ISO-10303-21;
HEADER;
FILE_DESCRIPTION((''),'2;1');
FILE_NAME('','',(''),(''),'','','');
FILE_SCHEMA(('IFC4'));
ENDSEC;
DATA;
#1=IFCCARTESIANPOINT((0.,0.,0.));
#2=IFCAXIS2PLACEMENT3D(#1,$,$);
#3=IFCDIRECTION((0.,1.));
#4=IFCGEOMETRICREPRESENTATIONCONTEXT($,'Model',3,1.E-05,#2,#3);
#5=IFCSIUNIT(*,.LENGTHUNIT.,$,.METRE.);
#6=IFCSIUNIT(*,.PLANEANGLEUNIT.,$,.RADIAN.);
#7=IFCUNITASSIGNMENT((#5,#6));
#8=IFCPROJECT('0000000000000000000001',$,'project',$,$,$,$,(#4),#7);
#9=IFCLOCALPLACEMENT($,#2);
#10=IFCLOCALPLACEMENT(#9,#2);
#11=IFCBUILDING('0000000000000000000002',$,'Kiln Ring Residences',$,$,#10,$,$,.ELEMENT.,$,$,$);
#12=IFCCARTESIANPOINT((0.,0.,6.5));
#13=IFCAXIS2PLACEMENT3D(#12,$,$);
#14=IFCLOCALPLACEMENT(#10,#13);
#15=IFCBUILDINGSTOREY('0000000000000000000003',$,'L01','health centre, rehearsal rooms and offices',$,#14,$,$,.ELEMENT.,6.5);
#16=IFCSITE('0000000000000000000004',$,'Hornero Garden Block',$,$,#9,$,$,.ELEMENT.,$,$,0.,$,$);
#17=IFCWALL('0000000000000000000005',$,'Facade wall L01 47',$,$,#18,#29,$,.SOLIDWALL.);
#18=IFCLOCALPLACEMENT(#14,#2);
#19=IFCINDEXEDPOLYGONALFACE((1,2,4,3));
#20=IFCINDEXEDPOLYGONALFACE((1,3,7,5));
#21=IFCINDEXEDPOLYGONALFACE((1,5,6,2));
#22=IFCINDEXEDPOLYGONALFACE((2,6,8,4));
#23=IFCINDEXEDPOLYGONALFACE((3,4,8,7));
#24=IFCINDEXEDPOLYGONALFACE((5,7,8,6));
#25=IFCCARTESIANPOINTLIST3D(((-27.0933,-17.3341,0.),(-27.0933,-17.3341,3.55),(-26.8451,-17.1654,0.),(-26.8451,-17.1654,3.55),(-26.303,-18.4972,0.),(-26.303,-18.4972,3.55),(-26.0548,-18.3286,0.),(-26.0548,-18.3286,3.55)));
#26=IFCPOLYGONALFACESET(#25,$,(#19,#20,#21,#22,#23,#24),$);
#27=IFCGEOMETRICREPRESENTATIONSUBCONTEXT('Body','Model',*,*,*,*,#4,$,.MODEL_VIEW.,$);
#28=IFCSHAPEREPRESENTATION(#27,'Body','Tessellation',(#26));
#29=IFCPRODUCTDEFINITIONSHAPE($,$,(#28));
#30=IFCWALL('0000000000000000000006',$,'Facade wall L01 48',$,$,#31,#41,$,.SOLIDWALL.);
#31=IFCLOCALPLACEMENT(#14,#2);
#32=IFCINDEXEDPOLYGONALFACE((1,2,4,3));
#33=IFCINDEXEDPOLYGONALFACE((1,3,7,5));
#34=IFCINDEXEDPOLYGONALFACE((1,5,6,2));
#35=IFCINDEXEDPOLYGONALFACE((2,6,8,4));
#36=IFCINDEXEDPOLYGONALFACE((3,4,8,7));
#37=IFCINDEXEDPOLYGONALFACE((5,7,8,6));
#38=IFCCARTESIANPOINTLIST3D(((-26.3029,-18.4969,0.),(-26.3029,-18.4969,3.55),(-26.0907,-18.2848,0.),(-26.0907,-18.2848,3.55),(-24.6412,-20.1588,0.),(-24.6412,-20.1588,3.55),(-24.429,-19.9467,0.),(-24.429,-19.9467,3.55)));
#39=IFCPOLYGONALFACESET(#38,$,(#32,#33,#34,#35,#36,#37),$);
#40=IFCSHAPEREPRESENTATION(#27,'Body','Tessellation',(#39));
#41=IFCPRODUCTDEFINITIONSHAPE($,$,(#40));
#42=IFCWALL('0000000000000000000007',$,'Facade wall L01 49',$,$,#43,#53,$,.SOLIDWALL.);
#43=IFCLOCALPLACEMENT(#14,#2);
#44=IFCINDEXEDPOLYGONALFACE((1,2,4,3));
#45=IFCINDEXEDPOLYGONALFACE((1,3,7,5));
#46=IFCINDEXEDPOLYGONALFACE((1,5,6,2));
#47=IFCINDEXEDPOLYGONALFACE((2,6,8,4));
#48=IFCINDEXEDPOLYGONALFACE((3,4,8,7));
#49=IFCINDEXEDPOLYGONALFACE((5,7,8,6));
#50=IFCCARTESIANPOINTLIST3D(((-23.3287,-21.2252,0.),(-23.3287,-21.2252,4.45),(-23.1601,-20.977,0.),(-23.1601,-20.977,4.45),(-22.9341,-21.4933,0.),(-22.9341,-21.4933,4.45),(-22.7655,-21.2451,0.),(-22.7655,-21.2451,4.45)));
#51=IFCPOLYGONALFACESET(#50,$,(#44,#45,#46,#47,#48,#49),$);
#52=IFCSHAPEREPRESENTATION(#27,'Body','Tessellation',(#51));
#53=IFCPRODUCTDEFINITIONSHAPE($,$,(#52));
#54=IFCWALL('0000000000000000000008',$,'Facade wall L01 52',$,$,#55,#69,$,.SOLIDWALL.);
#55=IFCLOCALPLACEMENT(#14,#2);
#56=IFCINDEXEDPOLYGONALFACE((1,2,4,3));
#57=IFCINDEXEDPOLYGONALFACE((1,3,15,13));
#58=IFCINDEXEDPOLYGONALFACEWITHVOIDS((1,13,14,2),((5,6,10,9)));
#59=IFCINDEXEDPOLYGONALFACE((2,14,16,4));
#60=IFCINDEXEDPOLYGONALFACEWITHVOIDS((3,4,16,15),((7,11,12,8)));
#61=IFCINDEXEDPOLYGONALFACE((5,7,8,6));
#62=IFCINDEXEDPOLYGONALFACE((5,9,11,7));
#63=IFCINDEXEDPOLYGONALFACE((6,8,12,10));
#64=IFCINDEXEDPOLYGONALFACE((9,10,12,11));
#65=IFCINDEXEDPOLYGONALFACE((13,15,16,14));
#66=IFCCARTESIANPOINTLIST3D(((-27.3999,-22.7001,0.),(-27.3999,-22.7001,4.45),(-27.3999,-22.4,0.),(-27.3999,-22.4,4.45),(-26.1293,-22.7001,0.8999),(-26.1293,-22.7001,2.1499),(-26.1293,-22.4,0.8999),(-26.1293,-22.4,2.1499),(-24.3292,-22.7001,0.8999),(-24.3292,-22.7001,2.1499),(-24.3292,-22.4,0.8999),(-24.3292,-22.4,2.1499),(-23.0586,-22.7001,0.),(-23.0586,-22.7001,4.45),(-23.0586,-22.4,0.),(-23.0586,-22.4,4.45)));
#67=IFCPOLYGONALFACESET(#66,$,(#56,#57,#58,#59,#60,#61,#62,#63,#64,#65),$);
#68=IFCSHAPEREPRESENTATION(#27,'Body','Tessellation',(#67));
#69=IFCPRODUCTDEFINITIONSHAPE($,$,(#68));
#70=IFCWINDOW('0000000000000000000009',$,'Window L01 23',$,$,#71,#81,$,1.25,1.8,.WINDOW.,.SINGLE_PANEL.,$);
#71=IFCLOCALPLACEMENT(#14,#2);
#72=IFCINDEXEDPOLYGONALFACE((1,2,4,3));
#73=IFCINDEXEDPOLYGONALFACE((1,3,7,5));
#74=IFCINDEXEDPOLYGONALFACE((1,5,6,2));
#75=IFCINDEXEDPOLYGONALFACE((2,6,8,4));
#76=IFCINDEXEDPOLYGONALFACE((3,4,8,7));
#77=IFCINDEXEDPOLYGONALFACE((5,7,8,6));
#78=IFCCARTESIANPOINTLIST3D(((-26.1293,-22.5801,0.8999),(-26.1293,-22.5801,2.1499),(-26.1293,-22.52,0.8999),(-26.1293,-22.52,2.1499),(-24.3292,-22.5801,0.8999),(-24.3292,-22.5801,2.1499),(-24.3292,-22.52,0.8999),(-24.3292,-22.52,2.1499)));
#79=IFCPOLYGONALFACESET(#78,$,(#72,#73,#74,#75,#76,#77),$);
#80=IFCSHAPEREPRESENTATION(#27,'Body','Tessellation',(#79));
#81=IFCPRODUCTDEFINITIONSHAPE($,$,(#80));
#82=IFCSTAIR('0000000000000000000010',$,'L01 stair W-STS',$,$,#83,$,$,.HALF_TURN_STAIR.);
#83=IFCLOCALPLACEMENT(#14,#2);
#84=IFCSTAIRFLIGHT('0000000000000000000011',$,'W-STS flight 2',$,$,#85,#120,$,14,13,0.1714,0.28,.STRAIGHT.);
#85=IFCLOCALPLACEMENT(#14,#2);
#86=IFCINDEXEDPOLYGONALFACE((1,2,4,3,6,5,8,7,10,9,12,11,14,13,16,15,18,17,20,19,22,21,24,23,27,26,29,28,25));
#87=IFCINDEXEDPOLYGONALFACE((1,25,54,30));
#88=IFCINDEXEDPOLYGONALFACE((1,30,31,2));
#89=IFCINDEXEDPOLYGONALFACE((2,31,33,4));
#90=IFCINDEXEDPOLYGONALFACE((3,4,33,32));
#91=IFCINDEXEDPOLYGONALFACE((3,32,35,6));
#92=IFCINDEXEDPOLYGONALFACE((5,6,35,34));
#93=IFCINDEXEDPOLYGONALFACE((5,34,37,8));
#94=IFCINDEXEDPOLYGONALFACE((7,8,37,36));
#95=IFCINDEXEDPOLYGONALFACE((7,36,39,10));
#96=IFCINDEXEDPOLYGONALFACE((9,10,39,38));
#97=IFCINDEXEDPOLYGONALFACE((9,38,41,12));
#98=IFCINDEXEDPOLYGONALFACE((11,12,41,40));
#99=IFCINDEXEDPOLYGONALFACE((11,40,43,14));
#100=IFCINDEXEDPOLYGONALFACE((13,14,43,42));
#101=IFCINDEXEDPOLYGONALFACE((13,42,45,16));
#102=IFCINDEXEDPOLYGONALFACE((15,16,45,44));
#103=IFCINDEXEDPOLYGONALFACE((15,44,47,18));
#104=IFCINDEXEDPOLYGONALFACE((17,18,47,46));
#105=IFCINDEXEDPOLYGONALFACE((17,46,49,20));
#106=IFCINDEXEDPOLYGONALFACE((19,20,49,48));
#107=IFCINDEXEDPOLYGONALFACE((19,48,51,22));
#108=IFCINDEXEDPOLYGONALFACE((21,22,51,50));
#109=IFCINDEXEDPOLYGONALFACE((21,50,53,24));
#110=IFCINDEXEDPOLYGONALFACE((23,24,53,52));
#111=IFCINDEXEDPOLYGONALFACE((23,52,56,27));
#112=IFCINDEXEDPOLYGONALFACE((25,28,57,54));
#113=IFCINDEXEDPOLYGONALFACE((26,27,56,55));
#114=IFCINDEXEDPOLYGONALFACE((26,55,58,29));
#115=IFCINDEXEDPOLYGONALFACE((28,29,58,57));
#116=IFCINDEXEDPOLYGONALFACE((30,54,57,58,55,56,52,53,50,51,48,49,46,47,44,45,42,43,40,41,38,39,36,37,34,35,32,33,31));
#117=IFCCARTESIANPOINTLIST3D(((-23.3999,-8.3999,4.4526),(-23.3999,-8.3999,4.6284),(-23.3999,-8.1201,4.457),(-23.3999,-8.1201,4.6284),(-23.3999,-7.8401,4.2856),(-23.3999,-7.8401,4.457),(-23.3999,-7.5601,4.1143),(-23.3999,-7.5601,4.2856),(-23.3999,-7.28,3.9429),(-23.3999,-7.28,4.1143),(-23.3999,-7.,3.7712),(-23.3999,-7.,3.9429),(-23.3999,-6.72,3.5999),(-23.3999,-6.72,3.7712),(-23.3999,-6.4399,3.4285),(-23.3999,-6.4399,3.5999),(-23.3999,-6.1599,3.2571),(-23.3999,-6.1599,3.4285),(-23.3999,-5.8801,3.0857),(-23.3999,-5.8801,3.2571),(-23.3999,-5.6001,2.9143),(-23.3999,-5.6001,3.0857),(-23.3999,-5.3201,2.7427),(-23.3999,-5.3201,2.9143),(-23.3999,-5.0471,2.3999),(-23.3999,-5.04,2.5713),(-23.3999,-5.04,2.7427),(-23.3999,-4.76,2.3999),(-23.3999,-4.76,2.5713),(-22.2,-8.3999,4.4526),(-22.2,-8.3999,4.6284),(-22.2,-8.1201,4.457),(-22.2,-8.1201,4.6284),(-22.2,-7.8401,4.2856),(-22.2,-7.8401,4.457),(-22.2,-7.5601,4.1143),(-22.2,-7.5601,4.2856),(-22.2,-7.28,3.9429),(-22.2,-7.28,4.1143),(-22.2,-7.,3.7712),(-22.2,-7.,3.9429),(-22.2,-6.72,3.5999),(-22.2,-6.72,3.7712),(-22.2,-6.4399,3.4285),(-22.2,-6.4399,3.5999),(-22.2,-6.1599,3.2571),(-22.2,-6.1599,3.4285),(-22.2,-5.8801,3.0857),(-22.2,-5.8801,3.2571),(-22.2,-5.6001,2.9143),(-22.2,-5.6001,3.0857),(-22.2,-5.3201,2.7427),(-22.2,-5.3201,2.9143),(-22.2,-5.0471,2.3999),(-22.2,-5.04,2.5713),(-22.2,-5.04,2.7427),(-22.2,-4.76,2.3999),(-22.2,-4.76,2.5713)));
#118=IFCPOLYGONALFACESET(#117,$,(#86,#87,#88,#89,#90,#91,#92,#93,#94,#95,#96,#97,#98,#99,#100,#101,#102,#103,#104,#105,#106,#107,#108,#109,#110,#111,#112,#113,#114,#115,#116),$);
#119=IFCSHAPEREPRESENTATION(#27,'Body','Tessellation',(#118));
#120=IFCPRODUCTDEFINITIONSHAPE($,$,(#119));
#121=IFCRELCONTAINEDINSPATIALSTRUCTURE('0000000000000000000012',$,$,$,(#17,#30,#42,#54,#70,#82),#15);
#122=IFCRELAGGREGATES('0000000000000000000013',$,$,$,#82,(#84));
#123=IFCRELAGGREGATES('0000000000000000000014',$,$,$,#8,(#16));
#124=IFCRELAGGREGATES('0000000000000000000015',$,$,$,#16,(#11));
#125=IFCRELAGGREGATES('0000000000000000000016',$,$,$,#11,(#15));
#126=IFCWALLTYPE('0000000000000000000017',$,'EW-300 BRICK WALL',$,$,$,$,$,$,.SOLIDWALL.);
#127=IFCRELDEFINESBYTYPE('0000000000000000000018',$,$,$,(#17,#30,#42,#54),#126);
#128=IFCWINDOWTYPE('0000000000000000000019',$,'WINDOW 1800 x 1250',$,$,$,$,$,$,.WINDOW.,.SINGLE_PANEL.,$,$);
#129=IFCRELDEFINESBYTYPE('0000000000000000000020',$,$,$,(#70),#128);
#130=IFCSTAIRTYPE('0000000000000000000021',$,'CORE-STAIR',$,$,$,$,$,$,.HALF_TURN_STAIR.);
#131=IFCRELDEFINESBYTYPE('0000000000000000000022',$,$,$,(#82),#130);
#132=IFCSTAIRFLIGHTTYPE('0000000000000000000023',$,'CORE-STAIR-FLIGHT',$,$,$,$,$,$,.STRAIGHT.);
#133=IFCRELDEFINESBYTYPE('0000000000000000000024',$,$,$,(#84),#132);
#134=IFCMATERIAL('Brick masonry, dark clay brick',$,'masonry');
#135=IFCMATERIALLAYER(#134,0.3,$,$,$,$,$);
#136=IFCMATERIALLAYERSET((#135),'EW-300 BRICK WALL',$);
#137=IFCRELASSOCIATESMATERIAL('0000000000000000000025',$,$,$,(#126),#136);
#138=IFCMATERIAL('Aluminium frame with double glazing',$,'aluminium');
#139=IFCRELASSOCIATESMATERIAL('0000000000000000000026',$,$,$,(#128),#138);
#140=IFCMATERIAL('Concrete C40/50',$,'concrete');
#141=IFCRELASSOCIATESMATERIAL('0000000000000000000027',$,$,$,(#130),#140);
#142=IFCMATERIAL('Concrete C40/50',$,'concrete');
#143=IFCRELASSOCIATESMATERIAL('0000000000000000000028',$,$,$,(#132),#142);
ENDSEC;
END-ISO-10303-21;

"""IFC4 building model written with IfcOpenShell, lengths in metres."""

from ifc_helpers import new_model, si_unit, direction, frame, frame_2d, origin, place, context, subcontext, project, spatial, polyline, rectangle, outline, extrude, material, layer, layer_set, type_object, element, fill, aggregate, save


model = new_model("IFC4")

# Units and contexts
model_context = context("Model", 3, precision=1e-05, world=origin(), true_north=direction((0.0, 1.0)))
body_context = subcontext(model_context, "Body", "Model", "MODEL_VIEW")
ifc_project = project(units=[si_unit("LENGTHUNIT", "METRE"), si_unit("PLANEANGLEUNIT", "RADIAN")], contexts=[model_context])

# Site, building, storey
site_placement = place(None, origin())
site = spatial("IfcSite", under=ifc_project, at=site_placement, Name="Hornero Garden Block", CompositionType="ELEMENT", RefElevation=0.0)
building_placement = place(site_placement, origin())
building = spatial("IfcBuilding", under=site, at=building_placement, Name="Kiln Ring Residences", CompositionType="ELEMENT")
storey_placement = place(building_placement, frame((0.0, 0.0, 6.5)))
storey = spatial("IfcBuildingStorey", under=building, at=storey_placement, Name="L01", Description="health centre, rehearsal rooms and offices", CompositionType="ELEMENT", Elevation=6.5)

# Walls
ifc_material_1 = material(Name="Brick masonry, dark clay brick", Category="masonry")
ifc_layer_1 = layer(ifc_material_1, 0.3)
ifc_layer_set_1 = layer_set([ifc_layer_1], Name="EW-300 BRICK WALL")
wall_type_1 = type_object("IfcWallType", Name="EW-300 BRICK WALL", PredefinedType="SOLIDWALL", material=ifc_layer_set_1)
wall_1_placement = place(storey_placement, frame((-26.9692, -17.2498, 0.0), z_axis=(0.0, 0.0, 1.0), x_axis=(0.562011, -0.82713, 0.0)))
element("IfcWall", 1, at=wall_1_placement, inside=storey, type_object=wall_type_1, Name="Facade wall L01 47", PredefinedType="SOLIDWALL", context=body_context, shape_type="SweptSolid", body=[
    extrude(rectangle(XDim=1.4062, YDim=0.3, at=frame_2d((0.7031, 0.0))), origin(), (0.0, 0.0, 1.0), 3.55),
])
wall_2_placement = place(storey_placement, frame((-26.1968, -18.3909, 0.0), z_axis=(0.0, 0.0, 1.0), x_axis=(0.707055, -0.707159, 0.0)))
element("IfcWall", 2, at=wall_2_placement, inside=storey, type_object=wall_type_1, Name="Facade wall L01 48", PredefinedType="SOLIDWALL", context=body_context, shape_type="SweptSolid", body=[
    extrude(rectangle(XDim=2.3501, YDim=0.3, at=frame_2d((1.175, 0.0))), origin(), (0.0, 0.0, 1.0), 3.55),
])
wall_3_placement = place(storey_placement, frame((-23.2444, -21.1011, 0.0), z_axis=(0.0, 0.0, 1.0), x_axis=(0.827136, -0.562002, 0.0)))
element("IfcWall", 3, at=wall_3_placement, inside=storey, type_object=wall_type_1, Name="Facade wall L01 49", PredefinedType="SOLIDWALL", context=body_context, shape_type="SweptSolid", body=[
    extrude(rectangle(XDim=0.4771, YDim=0.3, at=frame_2d((0.2385, 0.0))), origin(), (0.0, 0.0, 1.0), 4.45),
])

# Wall, opening, window
wall_4_placement = place(storey_placement, frame((-23.0586, -22.55, 0.0), z_axis=(0.0, 0.0, 1.0), x_axis=(-1.0, 0.0, 0.0)))
wall_4 = element("IfcWall", 4, at=wall_4_placement, inside=storey, type_object=wall_type_1, Name="Facade wall L01 52", PredefinedType="SOLIDWALL", context=body_context, shape_type="SweptSolid", body=[
    extrude(rectangle(XDim=4.3413, YDim=0.3, at=frame_2d((2.1707, 0.0))), origin(), (0.0, 0.0, 1.0), 4.45),
])
opening_1_placement = place(wall_4_placement, frame((1.2708, 0.0, 0.8999)))
opening_1 = element("IfcOpeningElement", 5, at=opening_1_placement, cuts=wall_4, PredefinedType="OPENING", context=body_context, shape_type="SweptSolid", body=[
    extrude(rectangle(XDim=1.8, YDim=1.25, at=frame_2d((0.8999, 0.625))), frame((0.0, 0.1599, 0.0), z_axis=(0.0, -1.0, 0.0), x_axis=(1.0, 0.0, 0.0)), (0.0, 0.0, 1.0), 0.3201),
])
ifc_material_2 = material(Name="Aluminium frame with double glazing", Category="aluminium")
window_type = type_object("IfcWindowType", Name="WINDOW 1800 x 1250", PartitioningType="SINGLE_PANEL", PredefinedType="WINDOW", material=ifc_material_2)
window_placement = place(opening_1_placement, origin())
window = element("IfcWindow", 6, at=window_placement, inside=storey, type_object=window_type, Name="Window L01 23", OverallHeight=1.25, OverallWidth=1.8, PartitioningType="SINGLE_PANEL", PredefinedType="WINDOW", context=body_context, shape_type="SweptSolid", body=[
    extrude(rectangle(XDim=1.8, YDim=1.25, at=frame_2d((0.8999, 0.625))), frame((0.0, 0.03, 0.0), z_axis=(0.0, -1.0, 0.0), x_axis=(1.0, 0.0, 0.0)), (0.0, 0.0, 1.0), 0.0601),
])
fill(opening_1, window)

# Stair, stair flight
ifc_material_3 = material(Name="Concrete C40/50", Category="concrete")
stair_type = type_object("IfcStairType", Name="CORE-STAIR", PredefinedType="HALF_TURN_STAIR", material=ifc_material_3)
stair_placement = place(storey_placement, origin())
stair = element("IfcStair", 7, at=stair_placement, inside=storey, type_object=stair_type, Name="L01 stair W-STS", PredefinedType="HALF_TURN_STAIR")
ifc_material_4 = material(Name="Concrete C40/50", Category="concrete")
stair_flight_type = type_object("IfcStairFlightType", Name="CORE-STAIR-FLIGHT", PredefinedType="STRAIGHT", material=ifc_material_4)
stair_flight_placement = place(storey_placement, frame((-22.8, -4.76, 2.3999), z_axis=(0.0, 0.0, 1.0), x_axis=(0.0, -1.0, 0.0)))
stair_flight = element("IfcStairFlight", 8, at=stair_flight_placement, type_object=stair_flight_type, Name="W-STS flight 2", NumberOfRisers=14, NumberOfTreads=13, PredefinedType="STRAIGHT", RiserHeight=0.1714, TreadLength=0.28, context=body_context, shape_type="SweptSolid", body=[
    extrude(outline(polyline([(0.0, 0.0), (0.0, 0.1714), (0.28, 0.1714), (0.28, 0.3428), (0.5601, 0.3428), (0.5601, 0.5144), (0.8401, 0.5144), (0.8401, 0.6858), (1.1201, 0.6858), (1.1201, 0.8572), (1.3999, 0.8572), (1.3999, 1.0286), (1.6799, 1.0286), (1.6799, 1.2), (1.96, 1.2), (1.96, 1.3713), (2.24, 1.3713), (2.24, 1.543), (2.52, 1.543), (2.52, 1.7144), (2.8, 1.7144), (2.8, 1.8857), (3.0801, 1.8857), (3.0801, 2.0571), (3.3601, 2.0571), (3.3601, 2.2285), (3.6399, 2.2285), (3.6399, 2.3999), (3.6399, 2.0527), (0.2871, 0.0), (0.0, 0.0)])), frame((0.0, 0.6001, 0.0), z_axis=(0.0, -1.0, 0.0), x_axis=(1.0, 0.0, 0.0)), (0.0, 0.0, 1.0), 1.2),
])
aggregate(stair, [stair_flight])

save(model, "model.ifc")
